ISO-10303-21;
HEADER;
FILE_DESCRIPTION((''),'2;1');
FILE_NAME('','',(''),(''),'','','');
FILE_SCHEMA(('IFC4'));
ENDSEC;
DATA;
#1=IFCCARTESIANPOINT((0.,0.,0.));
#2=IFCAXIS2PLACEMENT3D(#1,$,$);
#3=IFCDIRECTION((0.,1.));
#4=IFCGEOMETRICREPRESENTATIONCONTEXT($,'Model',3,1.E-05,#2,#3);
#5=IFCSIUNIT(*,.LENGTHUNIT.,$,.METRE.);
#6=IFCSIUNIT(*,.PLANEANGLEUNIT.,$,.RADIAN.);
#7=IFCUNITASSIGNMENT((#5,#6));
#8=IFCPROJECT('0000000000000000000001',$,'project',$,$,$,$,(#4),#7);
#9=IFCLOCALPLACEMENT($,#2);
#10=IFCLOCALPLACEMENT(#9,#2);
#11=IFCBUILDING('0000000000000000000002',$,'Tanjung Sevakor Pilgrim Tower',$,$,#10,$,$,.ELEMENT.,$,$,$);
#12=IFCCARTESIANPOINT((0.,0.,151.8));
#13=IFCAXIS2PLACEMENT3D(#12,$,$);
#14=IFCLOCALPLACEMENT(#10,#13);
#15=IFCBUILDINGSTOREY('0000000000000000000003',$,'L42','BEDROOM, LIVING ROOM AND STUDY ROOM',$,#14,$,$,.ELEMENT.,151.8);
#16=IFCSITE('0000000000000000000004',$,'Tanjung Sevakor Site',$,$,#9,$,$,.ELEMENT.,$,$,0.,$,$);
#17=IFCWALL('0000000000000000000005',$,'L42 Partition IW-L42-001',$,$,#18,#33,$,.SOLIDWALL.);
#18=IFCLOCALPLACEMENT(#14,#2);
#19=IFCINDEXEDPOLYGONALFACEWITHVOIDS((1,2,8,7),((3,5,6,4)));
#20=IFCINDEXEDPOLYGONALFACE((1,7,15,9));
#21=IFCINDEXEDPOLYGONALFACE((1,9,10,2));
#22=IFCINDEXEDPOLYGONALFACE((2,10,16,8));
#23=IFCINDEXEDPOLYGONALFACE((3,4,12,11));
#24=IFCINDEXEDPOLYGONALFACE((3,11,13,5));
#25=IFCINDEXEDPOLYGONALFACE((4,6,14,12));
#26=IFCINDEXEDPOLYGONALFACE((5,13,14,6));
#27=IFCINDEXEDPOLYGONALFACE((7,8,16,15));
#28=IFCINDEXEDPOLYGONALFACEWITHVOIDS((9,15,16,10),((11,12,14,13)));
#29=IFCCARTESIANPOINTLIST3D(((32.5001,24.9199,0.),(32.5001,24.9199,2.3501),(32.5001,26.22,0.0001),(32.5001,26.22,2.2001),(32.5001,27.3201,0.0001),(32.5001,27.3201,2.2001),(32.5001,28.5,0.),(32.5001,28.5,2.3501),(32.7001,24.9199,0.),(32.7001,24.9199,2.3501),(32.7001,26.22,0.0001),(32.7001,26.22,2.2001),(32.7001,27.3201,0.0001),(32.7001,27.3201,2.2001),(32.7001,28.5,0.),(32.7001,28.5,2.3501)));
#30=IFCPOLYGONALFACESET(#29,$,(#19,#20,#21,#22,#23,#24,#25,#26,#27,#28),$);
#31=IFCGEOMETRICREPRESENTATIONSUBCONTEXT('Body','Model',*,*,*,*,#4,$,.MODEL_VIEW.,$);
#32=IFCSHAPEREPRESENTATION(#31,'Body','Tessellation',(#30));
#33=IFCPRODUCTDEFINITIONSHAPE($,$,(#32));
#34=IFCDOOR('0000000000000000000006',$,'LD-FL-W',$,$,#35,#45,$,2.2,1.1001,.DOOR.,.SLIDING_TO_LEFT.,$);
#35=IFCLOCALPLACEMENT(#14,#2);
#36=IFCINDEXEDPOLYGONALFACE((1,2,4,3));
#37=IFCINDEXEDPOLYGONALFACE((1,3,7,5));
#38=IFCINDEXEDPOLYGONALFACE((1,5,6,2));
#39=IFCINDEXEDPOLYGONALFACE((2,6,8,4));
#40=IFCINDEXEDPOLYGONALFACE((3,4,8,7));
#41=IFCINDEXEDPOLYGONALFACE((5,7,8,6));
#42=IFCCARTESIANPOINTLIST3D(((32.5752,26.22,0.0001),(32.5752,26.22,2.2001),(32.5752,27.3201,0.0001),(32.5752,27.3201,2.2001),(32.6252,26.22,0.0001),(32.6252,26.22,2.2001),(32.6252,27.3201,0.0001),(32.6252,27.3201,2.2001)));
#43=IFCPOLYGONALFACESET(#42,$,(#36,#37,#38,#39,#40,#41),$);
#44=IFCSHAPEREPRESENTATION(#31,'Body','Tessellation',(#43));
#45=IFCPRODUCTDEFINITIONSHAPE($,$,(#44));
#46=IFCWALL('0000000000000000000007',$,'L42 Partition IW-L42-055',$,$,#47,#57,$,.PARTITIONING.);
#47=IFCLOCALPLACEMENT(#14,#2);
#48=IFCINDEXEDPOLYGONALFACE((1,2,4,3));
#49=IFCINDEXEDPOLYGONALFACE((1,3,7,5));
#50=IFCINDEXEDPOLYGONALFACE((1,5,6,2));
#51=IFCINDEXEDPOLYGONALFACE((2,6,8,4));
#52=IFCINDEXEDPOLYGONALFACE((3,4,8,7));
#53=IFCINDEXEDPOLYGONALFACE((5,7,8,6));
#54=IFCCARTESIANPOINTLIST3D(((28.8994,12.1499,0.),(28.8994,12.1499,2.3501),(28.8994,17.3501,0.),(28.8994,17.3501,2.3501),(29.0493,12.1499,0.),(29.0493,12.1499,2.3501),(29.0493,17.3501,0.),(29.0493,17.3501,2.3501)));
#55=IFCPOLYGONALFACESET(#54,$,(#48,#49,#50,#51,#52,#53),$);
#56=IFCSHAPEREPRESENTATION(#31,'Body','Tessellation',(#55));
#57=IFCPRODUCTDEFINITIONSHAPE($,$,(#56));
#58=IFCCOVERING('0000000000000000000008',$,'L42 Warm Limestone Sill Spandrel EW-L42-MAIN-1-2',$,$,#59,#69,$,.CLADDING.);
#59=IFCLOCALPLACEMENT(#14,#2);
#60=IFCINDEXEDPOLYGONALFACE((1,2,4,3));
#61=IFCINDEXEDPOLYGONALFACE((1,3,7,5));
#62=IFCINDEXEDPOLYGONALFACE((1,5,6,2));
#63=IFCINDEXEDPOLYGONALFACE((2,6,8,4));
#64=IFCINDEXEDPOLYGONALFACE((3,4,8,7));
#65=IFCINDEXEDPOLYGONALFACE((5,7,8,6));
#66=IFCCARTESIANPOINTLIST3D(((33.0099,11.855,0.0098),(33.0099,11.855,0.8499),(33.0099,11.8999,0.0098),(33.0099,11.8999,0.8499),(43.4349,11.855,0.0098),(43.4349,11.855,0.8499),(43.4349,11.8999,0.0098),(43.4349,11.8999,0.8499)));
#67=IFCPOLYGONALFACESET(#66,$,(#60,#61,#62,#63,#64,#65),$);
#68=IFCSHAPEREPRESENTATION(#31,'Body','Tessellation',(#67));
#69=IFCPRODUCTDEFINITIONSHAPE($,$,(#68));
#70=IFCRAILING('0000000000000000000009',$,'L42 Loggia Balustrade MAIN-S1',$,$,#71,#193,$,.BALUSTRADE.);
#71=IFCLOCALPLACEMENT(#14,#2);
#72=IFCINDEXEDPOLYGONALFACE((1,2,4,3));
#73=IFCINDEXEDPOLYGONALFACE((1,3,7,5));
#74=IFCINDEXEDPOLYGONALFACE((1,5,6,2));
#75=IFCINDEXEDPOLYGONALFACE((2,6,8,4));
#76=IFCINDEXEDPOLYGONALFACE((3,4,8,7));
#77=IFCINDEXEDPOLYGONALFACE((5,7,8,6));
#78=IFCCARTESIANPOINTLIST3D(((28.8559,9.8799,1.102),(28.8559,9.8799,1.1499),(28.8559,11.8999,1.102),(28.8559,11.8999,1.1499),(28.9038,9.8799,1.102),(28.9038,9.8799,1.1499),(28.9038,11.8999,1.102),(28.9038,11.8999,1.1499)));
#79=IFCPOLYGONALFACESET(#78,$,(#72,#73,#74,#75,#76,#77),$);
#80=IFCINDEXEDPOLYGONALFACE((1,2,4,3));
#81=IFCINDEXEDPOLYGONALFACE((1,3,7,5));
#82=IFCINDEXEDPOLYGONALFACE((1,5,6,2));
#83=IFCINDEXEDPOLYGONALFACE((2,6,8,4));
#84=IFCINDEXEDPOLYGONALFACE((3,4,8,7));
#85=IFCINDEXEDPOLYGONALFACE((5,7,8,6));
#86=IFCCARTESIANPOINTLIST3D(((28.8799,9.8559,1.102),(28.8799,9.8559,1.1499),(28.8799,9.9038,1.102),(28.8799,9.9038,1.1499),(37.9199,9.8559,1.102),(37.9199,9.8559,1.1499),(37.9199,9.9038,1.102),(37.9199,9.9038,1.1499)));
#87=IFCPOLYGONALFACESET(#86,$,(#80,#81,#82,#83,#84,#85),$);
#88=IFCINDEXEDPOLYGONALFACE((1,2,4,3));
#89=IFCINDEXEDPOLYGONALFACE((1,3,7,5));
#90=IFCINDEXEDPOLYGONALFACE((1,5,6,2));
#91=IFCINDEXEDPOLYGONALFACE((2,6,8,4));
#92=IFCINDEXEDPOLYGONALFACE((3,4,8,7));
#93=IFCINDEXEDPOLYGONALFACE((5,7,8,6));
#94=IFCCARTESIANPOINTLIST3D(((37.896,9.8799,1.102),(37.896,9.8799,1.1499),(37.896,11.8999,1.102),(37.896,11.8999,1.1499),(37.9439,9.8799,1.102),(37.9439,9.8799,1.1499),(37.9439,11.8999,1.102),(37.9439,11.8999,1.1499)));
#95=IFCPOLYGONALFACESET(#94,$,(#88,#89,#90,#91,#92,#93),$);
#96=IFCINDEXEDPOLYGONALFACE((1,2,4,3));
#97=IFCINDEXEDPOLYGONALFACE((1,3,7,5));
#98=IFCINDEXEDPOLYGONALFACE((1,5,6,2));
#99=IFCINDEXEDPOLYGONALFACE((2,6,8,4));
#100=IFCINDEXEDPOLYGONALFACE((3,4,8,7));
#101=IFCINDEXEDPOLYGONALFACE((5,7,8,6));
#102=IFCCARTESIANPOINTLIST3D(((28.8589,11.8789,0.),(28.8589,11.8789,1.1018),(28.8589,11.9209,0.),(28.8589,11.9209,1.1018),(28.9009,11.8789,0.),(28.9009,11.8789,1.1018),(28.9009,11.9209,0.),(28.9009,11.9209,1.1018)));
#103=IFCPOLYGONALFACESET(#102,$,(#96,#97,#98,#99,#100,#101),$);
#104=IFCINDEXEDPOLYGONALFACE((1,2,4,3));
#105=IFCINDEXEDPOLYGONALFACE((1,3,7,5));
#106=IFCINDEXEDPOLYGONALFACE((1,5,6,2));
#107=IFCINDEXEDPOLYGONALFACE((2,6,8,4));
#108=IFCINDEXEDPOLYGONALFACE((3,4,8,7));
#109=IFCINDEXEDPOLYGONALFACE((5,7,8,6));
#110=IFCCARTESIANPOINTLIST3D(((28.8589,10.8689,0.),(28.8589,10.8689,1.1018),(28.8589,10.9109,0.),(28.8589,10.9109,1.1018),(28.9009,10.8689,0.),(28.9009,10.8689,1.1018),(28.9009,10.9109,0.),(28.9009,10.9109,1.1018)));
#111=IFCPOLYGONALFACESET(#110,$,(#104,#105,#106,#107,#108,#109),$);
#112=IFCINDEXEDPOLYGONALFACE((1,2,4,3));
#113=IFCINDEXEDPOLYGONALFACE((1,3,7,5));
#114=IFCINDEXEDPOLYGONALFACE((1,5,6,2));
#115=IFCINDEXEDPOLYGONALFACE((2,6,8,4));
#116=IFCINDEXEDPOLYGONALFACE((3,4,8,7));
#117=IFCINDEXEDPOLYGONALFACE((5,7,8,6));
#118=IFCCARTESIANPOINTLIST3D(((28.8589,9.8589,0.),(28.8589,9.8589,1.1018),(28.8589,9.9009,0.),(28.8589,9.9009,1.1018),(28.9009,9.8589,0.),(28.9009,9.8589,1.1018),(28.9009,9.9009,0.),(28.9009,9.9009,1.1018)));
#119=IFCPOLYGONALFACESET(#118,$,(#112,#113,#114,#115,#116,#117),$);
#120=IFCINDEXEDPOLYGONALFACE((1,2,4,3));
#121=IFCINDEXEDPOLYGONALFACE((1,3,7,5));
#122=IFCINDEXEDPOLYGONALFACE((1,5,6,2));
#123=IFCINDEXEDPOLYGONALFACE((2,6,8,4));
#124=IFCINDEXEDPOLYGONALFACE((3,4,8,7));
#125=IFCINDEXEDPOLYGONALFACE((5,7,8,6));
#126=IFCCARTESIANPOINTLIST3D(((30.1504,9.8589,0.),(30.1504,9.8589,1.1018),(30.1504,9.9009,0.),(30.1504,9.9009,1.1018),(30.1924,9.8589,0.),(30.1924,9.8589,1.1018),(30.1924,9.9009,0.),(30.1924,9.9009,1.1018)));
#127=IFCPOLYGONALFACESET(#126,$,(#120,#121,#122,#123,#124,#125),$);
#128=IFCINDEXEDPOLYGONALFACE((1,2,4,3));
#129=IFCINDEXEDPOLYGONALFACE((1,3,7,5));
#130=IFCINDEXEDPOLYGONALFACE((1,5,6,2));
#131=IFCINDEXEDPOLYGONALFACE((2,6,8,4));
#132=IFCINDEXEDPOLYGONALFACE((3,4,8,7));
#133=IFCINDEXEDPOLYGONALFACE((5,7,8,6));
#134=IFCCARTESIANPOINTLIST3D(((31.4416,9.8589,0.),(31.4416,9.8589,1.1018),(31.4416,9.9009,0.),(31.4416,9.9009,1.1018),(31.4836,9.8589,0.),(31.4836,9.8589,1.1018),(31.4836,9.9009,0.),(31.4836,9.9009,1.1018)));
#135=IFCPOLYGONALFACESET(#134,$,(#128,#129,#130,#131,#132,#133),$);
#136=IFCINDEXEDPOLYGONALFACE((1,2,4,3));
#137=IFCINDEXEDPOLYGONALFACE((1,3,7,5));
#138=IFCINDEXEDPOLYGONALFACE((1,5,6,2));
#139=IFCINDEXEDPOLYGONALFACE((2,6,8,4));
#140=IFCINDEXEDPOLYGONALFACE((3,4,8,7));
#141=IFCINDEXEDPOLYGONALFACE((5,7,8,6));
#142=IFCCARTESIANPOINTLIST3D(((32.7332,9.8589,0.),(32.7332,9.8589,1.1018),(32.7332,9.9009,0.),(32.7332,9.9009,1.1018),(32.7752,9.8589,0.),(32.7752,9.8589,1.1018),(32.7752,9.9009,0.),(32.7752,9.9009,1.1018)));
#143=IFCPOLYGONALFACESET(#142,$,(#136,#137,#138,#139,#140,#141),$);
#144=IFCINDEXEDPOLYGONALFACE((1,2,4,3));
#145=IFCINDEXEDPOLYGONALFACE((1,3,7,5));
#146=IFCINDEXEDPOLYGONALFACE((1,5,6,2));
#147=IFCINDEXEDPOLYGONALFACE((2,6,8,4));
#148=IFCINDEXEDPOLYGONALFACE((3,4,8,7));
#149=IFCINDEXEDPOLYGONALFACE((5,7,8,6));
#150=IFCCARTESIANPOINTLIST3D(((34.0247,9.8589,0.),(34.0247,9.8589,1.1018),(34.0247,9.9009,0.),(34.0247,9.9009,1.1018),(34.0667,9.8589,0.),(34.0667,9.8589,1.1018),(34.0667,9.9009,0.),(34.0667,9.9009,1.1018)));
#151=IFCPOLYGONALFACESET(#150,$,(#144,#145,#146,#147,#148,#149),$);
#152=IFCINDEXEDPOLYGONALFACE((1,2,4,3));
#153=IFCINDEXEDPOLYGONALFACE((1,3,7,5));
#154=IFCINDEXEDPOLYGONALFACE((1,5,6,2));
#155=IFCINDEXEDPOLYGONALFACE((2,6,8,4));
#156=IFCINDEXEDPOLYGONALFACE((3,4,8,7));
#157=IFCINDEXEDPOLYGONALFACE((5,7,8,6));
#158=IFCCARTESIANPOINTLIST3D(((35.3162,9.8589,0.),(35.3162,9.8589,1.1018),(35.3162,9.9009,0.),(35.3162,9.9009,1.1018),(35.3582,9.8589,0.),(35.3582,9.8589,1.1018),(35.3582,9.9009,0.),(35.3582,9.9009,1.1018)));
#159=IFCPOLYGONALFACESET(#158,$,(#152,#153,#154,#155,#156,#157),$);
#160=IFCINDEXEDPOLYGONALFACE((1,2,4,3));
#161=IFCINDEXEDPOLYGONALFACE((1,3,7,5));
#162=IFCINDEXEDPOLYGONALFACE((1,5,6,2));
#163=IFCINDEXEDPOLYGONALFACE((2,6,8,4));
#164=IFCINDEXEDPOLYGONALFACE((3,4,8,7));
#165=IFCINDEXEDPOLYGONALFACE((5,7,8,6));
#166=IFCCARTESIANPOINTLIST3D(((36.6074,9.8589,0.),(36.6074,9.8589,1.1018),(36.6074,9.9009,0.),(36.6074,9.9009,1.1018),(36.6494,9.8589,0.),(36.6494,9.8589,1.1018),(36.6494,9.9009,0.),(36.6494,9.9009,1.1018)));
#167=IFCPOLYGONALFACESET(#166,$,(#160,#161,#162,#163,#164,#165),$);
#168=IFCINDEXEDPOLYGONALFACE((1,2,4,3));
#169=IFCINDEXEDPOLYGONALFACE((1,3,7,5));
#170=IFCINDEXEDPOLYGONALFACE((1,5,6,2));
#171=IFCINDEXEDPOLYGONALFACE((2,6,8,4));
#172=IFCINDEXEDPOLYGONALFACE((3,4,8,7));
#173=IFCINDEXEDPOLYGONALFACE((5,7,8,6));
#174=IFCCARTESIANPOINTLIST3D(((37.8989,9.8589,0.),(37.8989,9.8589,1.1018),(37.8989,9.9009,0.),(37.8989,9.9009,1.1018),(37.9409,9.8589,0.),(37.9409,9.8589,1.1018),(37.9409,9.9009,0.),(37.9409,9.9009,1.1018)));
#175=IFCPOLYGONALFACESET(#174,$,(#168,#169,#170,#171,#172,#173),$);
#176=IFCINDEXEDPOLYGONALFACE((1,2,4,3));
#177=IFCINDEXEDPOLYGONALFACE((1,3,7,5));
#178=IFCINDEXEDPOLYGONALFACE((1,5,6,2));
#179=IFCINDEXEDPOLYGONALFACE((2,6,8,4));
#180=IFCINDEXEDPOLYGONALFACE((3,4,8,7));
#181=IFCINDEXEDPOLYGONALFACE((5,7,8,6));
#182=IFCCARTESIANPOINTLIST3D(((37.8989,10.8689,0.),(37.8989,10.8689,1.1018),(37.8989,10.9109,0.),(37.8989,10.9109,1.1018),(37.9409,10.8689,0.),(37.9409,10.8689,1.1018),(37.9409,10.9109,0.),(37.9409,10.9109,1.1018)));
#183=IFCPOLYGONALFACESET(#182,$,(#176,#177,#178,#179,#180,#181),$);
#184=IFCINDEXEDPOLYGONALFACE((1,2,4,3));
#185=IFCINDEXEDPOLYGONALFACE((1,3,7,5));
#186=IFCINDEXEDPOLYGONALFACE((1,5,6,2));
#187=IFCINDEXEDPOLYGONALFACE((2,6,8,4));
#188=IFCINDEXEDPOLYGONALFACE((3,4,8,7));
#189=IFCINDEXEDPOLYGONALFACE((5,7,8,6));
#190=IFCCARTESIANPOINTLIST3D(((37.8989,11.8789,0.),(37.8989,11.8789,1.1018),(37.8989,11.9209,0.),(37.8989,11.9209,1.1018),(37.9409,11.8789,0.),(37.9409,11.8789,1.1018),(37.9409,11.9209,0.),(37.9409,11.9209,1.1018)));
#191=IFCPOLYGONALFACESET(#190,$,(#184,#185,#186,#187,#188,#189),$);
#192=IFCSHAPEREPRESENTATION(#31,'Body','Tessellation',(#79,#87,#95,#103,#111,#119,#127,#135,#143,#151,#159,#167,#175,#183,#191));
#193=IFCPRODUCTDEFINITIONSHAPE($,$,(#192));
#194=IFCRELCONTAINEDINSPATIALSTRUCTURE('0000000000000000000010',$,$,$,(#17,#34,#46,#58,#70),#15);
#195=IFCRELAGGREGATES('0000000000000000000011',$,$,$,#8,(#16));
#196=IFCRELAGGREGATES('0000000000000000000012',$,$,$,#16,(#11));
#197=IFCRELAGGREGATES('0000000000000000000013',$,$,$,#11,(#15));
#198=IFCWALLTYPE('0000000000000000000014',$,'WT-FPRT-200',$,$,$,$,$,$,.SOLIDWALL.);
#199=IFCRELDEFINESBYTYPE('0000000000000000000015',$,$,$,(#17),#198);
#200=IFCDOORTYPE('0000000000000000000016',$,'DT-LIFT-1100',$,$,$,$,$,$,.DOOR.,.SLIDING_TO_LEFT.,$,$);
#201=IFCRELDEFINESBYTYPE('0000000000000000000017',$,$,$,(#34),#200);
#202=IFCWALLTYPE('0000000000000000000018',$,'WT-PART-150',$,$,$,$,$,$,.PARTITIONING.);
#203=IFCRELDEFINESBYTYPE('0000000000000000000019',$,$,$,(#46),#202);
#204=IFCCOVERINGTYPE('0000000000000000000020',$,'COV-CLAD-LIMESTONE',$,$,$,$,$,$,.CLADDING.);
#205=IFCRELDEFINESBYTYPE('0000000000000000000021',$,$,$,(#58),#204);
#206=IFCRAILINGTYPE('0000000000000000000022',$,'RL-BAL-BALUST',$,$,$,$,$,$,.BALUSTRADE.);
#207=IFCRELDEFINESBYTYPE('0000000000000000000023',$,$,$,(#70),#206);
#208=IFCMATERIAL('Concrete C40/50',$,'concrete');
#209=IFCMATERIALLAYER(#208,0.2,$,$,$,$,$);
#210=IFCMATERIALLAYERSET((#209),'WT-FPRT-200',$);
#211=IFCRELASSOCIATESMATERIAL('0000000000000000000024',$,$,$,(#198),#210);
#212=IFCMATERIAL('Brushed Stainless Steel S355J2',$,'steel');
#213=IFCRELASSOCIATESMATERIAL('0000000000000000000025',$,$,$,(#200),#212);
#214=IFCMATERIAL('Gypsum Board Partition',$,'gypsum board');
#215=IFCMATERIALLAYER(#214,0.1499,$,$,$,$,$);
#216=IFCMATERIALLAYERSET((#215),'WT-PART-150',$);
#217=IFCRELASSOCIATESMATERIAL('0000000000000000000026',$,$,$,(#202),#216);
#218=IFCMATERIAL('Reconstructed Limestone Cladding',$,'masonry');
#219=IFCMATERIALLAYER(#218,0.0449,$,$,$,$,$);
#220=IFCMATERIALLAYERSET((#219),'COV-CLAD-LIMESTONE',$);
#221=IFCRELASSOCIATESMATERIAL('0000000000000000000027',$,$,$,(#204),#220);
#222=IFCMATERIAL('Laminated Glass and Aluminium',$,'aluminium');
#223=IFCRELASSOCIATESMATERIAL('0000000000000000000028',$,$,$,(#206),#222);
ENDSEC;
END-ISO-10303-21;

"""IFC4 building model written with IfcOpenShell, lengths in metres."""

from ifc_helpers import new_model, si_unit, direction, frame, frame_2d, origin, origin_2d, place, context, subcontext, project, spatial, rectangle, extrude, material, layer, layer_set, type_object, element, fill, save


model = new_model("IFC4")

# Units and contexts
model_context = context("Model", 3, precision=1e-05, world=origin(), true_north=direction((0.0, 1.0)))
body_context = subcontext(model_context, "Body", "Model", "MODEL_VIEW")
ifc_project = project(units=[si_unit("LENGTHUNIT", "METRE"), si_unit("PLANEANGLEUNIT", "RADIAN")], contexts=[model_context])

# Site, building, storey
site_placement = place(None, origin())
site = spatial("IfcSite", under=ifc_project, at=site_placement, Name="Tanjung Sevakor Site", CompositionType="ELEMENT", RefElevation=0.0)
building_placement = place(site_placement, origin())
building = spatial("IfcBuilding", under=site, at=building_placement, Name="Tanjung Sevakor Pilgrim Tower", CompositionType="ELEMENT")
storey_placement = place(building_placement, frame((0.0, 0.0, 151.8)))
storey = spatial("IfcBuildingStorey", under=building, at=storey_placement, Name="L42", Description="BEDROOM, LIVING ROOM AND STUDY ROOM", CompositionType="ELEMENT", Elevation=151.8)

# Wall, opening, door
ifc_material_1 = material(Name="Concrete C40/50", Category="concrete")
ifc_layer_1 = layer(ifc_material_1, 0.2)
ifc_layer_set_1 = layer_set([ifc_layer_1], Name="WT-FPRT-200")
wall_type_1 = type_object("IfcWallType", Name="WT-FPRT-200", PredefinedType="SOLIDWALL", material=ifc_layer_set_1)
wall_1_placement = place(storey_placement, frame((32.6001, 24.9199, 0.0), z_axis=(0.0, 0.0, 1.0), x_axis=(0.0, 1.0, 0.0)))
wall_1 = element("IfcWall", 1, at=wall_1_placement, inside=storey, type_object=wall_type_1, Name="L42 Partition IW-L42-001", PredefinedType="SOLIDWALL", context=body_context, shape_type="SweptSolid", body=[
    extrude(rectangle(XDim=3.5801, YDim=0.2, at=frame_2d((1.79, 0.0))), origin(), (0.0, 0.0, 1.0), 2.3501),
])
opening_1_placement = place(wall_1_placement, frame((1.3, 0.0, 0.0)))
opening_1 = element("IfcOpeningElement", 2, at=opening_1_placement, cuts=wall_1, PredefinedType="OPENING", context=body_context, shape_type="SweptSolid", body=[
    extrude(rectangle(XDim=1.1001, YDim=2.2, at=frame_2d((0.55, 1.1001))), frame((0.0, 0.1099, 0.0), z_axis=(0.0, -1.0, 0.0), x_axis=(1.0, 0.0, 0.0)), (0.0, 0.0, 1.0), 0.22),
])
ifc_material_2 = material(Name="Brushed Stainless Steel S355J2", Category="steel")
door_type_1 = type_object("IfcDoorType", Name="DT-LIFT-1100", OperationType="SLIDING_TO_LEFT", PredefinedType="DOOR", material=ifc_material_2)
door_1_placement = place(opening_1_placement, origin())
door_1 = element("IfcDoor", 3, at=door_1_placement, inside=storey, type_object=door_type_1, Name="LD-FL-W", OperationType="SLIDING_TO_LEFT", OverallHeight=2.2, OverallWidth=1.1001, PredefinedType="DOOR", context=body_context, shape_type="SweptSolid", body=[
    extrude(rectangle(XDim=1.1001, YDim=2.2, at=frame_2d((0.55, 1.1001))), frame((0.0, 0.0249, 0.0), z_axis=(0.0, -1.0, 0.0), x_axis=(1.0, 0.0, 0.0)), (0.0, 0.0, 1.0), 0.05),
])
fill(opening_1, door_1)

# Wall
ifc_material_3 = material(Name="Gypsum Board Partition", Category="gypsum board")
ifc_layer_2 = layer(ifc_material_3, 0.1499)
ifc_layer_set_2 = layer_set([ifc_layer_2], Name="WT-PART-150")
wall_type_2 = type_object("IfcWallType", Name="WT-PART-150", PredefinedType="PARTITIONING", material=ifc_layer_set_2)
wall_2_placement = place(storey_placement, frame((28.9744, 12.1499, 0.0), z_axis=(0.0, 0.0, 1.0), x_axis=(0.0, 1.0, 0.0)))
element("IfcWall", 4, at=wall_2_placement, inside=storey, type_object=wall_type_2, Name="L42 Partition IW-L42-055", PredefinedType="PARTITIONING", context=body_context, shape_type="SweptSolid", body=[
    extrude(rectangle(XDim=5.2002, YDim=0.1499, at=frame_2d((2.6001, 0.0))), origin(), (0.0, 0.0, 1.0), 2.3501),
])

# Covering
ifc_material_4 = material(Name="Reconstructed Limestone Cladding", Category="masonry")
ifc_layer_3 = layer(ifc_material_4, 0.0449)
ifc_layer_set_3 = layer_set([ifc_layer_3], Name="COV-CLAD-LIMESTONE")
covering_type = type_object("IfcCoveringType", Name="COV-CLAD-LIMESTONE", PredefinedType="CLADDING", material=ifc_layer_set_3)
covering_placement = place(storey_placement, frame((38.2224, 11.8774, 0.0098), z_axis=(0.0, 0.0, 1.0), x_axis=(1.0, 0.0, 0.0)))
element("IfcCovering", 5, at=covering_placement, inside=storey, type_object=covering_type, Name="L42 Warm Limestone Sill Spandrel EW-L42-MAIN-1-2", PredefinedType="CLADDING", context=body_context, shape_type="SweptSolid", body=[
    extrude(rectangle(XDim=10.425, YDim=0.0449, at=origin_2d()), origin(), (0.0, 0.0, 1.0), 0.8401),
])

# Railing
ifc_material_5 = material(Name="Laminated Glass and Aluminium", Category="aluminium")
railing_type = type_object("IfcRailingType", Name="RL-BAL-BALUST", PredefinedType="BALUSTRADE", material=ifc_material_5)
railing_placement = place(storey_placement, frame((28.8799, 11.8999, 0.0)))
element("IfcRailing", 6, at=railing_placement, inside=storey, type_object=railing_type, Name="L42 Loggia Balustrade MAIN-S1", PredefinedType="BALUSTRADE", context=body_context, shape_type="SweptSolid", body=[
    extrude(rectangle(XDim=0.0479, YDim=0.0479), frame((0.0, 0.0, 1.126), z_axis=(0.0, -1.0, 0.0), x_axis=(1.0, 0.0, 0.0)), (0.0, 0.0, 1.0), 2.02),
    extrude(rectangle(XDim=0.0479, YDim=0.0479), frame((0.0, -2.02, 1.126), z_axis=(1.0, 0.0, 0.0), x_axis=(0.0, 1.0, 0.0)), (0.0, 0.0, 1.0), 9.04),
    extrude(rectangle(XDim=0.0479, YDim=0.0479), frame((9.04, -2.02, 1.126), z_axis=(0.0, 1.0, 0.0), x_axis=(-1.0, 0.0, 0.0)), (0.0, 0.0, 1.0), 2.02),
    extrude(rectangle(XDim=0.042, YDim=0.042), origin(), (0.0, 0.0, 1.0), 1.1018),
    extrude(rectangle(XDim=0.042, YDim=0.042), frame((0.0, -1.01, 0.0)), (0.0, 0.0, 1.0), 1.1018),
    extrude(rectangle(XDim=0.042, YDim=0.042), frame((0.0, -2.02, 0.0)), (0.0, 0.0, 1.0), 1.1018),
    extrude(rectangle(XDim=0.042, YDim=0.042), frame((1.2915, -2.02, 0.0)), (0.0, 0.0, 1.0), 1.1018),
    extrude(rectangle(XDim=0.042, YDim=0.042), frame((2.5828, -2.02, 0.0)), (0.0, 0.0, 1.0), 1.1018),
    extrude(rectangle(XDim=0.042, YDim=0.042), frame((3.8743, -2.02, 0.0)), (0.0, 0.0, 1.0), 1.1018),
    extrude(rectangle(XDim=0.042, YDim=0.042), frame((5.1658, -2.02, 0.0)), (0.0, 0.0, 1.0), 1.1018),
    extrude(rectangle(XDim=0.042, YDim=0.042), frame((6.4573, -2.02, 0.0)), (0.0, 0.0, 1.0), 1.1018),
    extrude(rectangle(XDim=0.042, YDim=0.042), frame((7.7485, -2.02, 0.0)), (0.0, 0.0, 1.0), 1.1018),
    extrude(rectangle(XDim=0.042, YDim=0.042), frame((9.04, -2.02, 0.0)), (0.0, 0.0, 1.0), 1.1018),
    extrude(rectangle(XDim=0.042, YDim=0.042), frame((9.04, -1.01, 0.0)), (0.0, 0.0, 1.0), 1.1018),
    extrude(rectangle(XDim=0.042, YDim=0.042), frame((9.04, 0.0, 0.0)), (0.0, 0.0, 1.0), 1.1018),
])

save(model, "model.ifc")
